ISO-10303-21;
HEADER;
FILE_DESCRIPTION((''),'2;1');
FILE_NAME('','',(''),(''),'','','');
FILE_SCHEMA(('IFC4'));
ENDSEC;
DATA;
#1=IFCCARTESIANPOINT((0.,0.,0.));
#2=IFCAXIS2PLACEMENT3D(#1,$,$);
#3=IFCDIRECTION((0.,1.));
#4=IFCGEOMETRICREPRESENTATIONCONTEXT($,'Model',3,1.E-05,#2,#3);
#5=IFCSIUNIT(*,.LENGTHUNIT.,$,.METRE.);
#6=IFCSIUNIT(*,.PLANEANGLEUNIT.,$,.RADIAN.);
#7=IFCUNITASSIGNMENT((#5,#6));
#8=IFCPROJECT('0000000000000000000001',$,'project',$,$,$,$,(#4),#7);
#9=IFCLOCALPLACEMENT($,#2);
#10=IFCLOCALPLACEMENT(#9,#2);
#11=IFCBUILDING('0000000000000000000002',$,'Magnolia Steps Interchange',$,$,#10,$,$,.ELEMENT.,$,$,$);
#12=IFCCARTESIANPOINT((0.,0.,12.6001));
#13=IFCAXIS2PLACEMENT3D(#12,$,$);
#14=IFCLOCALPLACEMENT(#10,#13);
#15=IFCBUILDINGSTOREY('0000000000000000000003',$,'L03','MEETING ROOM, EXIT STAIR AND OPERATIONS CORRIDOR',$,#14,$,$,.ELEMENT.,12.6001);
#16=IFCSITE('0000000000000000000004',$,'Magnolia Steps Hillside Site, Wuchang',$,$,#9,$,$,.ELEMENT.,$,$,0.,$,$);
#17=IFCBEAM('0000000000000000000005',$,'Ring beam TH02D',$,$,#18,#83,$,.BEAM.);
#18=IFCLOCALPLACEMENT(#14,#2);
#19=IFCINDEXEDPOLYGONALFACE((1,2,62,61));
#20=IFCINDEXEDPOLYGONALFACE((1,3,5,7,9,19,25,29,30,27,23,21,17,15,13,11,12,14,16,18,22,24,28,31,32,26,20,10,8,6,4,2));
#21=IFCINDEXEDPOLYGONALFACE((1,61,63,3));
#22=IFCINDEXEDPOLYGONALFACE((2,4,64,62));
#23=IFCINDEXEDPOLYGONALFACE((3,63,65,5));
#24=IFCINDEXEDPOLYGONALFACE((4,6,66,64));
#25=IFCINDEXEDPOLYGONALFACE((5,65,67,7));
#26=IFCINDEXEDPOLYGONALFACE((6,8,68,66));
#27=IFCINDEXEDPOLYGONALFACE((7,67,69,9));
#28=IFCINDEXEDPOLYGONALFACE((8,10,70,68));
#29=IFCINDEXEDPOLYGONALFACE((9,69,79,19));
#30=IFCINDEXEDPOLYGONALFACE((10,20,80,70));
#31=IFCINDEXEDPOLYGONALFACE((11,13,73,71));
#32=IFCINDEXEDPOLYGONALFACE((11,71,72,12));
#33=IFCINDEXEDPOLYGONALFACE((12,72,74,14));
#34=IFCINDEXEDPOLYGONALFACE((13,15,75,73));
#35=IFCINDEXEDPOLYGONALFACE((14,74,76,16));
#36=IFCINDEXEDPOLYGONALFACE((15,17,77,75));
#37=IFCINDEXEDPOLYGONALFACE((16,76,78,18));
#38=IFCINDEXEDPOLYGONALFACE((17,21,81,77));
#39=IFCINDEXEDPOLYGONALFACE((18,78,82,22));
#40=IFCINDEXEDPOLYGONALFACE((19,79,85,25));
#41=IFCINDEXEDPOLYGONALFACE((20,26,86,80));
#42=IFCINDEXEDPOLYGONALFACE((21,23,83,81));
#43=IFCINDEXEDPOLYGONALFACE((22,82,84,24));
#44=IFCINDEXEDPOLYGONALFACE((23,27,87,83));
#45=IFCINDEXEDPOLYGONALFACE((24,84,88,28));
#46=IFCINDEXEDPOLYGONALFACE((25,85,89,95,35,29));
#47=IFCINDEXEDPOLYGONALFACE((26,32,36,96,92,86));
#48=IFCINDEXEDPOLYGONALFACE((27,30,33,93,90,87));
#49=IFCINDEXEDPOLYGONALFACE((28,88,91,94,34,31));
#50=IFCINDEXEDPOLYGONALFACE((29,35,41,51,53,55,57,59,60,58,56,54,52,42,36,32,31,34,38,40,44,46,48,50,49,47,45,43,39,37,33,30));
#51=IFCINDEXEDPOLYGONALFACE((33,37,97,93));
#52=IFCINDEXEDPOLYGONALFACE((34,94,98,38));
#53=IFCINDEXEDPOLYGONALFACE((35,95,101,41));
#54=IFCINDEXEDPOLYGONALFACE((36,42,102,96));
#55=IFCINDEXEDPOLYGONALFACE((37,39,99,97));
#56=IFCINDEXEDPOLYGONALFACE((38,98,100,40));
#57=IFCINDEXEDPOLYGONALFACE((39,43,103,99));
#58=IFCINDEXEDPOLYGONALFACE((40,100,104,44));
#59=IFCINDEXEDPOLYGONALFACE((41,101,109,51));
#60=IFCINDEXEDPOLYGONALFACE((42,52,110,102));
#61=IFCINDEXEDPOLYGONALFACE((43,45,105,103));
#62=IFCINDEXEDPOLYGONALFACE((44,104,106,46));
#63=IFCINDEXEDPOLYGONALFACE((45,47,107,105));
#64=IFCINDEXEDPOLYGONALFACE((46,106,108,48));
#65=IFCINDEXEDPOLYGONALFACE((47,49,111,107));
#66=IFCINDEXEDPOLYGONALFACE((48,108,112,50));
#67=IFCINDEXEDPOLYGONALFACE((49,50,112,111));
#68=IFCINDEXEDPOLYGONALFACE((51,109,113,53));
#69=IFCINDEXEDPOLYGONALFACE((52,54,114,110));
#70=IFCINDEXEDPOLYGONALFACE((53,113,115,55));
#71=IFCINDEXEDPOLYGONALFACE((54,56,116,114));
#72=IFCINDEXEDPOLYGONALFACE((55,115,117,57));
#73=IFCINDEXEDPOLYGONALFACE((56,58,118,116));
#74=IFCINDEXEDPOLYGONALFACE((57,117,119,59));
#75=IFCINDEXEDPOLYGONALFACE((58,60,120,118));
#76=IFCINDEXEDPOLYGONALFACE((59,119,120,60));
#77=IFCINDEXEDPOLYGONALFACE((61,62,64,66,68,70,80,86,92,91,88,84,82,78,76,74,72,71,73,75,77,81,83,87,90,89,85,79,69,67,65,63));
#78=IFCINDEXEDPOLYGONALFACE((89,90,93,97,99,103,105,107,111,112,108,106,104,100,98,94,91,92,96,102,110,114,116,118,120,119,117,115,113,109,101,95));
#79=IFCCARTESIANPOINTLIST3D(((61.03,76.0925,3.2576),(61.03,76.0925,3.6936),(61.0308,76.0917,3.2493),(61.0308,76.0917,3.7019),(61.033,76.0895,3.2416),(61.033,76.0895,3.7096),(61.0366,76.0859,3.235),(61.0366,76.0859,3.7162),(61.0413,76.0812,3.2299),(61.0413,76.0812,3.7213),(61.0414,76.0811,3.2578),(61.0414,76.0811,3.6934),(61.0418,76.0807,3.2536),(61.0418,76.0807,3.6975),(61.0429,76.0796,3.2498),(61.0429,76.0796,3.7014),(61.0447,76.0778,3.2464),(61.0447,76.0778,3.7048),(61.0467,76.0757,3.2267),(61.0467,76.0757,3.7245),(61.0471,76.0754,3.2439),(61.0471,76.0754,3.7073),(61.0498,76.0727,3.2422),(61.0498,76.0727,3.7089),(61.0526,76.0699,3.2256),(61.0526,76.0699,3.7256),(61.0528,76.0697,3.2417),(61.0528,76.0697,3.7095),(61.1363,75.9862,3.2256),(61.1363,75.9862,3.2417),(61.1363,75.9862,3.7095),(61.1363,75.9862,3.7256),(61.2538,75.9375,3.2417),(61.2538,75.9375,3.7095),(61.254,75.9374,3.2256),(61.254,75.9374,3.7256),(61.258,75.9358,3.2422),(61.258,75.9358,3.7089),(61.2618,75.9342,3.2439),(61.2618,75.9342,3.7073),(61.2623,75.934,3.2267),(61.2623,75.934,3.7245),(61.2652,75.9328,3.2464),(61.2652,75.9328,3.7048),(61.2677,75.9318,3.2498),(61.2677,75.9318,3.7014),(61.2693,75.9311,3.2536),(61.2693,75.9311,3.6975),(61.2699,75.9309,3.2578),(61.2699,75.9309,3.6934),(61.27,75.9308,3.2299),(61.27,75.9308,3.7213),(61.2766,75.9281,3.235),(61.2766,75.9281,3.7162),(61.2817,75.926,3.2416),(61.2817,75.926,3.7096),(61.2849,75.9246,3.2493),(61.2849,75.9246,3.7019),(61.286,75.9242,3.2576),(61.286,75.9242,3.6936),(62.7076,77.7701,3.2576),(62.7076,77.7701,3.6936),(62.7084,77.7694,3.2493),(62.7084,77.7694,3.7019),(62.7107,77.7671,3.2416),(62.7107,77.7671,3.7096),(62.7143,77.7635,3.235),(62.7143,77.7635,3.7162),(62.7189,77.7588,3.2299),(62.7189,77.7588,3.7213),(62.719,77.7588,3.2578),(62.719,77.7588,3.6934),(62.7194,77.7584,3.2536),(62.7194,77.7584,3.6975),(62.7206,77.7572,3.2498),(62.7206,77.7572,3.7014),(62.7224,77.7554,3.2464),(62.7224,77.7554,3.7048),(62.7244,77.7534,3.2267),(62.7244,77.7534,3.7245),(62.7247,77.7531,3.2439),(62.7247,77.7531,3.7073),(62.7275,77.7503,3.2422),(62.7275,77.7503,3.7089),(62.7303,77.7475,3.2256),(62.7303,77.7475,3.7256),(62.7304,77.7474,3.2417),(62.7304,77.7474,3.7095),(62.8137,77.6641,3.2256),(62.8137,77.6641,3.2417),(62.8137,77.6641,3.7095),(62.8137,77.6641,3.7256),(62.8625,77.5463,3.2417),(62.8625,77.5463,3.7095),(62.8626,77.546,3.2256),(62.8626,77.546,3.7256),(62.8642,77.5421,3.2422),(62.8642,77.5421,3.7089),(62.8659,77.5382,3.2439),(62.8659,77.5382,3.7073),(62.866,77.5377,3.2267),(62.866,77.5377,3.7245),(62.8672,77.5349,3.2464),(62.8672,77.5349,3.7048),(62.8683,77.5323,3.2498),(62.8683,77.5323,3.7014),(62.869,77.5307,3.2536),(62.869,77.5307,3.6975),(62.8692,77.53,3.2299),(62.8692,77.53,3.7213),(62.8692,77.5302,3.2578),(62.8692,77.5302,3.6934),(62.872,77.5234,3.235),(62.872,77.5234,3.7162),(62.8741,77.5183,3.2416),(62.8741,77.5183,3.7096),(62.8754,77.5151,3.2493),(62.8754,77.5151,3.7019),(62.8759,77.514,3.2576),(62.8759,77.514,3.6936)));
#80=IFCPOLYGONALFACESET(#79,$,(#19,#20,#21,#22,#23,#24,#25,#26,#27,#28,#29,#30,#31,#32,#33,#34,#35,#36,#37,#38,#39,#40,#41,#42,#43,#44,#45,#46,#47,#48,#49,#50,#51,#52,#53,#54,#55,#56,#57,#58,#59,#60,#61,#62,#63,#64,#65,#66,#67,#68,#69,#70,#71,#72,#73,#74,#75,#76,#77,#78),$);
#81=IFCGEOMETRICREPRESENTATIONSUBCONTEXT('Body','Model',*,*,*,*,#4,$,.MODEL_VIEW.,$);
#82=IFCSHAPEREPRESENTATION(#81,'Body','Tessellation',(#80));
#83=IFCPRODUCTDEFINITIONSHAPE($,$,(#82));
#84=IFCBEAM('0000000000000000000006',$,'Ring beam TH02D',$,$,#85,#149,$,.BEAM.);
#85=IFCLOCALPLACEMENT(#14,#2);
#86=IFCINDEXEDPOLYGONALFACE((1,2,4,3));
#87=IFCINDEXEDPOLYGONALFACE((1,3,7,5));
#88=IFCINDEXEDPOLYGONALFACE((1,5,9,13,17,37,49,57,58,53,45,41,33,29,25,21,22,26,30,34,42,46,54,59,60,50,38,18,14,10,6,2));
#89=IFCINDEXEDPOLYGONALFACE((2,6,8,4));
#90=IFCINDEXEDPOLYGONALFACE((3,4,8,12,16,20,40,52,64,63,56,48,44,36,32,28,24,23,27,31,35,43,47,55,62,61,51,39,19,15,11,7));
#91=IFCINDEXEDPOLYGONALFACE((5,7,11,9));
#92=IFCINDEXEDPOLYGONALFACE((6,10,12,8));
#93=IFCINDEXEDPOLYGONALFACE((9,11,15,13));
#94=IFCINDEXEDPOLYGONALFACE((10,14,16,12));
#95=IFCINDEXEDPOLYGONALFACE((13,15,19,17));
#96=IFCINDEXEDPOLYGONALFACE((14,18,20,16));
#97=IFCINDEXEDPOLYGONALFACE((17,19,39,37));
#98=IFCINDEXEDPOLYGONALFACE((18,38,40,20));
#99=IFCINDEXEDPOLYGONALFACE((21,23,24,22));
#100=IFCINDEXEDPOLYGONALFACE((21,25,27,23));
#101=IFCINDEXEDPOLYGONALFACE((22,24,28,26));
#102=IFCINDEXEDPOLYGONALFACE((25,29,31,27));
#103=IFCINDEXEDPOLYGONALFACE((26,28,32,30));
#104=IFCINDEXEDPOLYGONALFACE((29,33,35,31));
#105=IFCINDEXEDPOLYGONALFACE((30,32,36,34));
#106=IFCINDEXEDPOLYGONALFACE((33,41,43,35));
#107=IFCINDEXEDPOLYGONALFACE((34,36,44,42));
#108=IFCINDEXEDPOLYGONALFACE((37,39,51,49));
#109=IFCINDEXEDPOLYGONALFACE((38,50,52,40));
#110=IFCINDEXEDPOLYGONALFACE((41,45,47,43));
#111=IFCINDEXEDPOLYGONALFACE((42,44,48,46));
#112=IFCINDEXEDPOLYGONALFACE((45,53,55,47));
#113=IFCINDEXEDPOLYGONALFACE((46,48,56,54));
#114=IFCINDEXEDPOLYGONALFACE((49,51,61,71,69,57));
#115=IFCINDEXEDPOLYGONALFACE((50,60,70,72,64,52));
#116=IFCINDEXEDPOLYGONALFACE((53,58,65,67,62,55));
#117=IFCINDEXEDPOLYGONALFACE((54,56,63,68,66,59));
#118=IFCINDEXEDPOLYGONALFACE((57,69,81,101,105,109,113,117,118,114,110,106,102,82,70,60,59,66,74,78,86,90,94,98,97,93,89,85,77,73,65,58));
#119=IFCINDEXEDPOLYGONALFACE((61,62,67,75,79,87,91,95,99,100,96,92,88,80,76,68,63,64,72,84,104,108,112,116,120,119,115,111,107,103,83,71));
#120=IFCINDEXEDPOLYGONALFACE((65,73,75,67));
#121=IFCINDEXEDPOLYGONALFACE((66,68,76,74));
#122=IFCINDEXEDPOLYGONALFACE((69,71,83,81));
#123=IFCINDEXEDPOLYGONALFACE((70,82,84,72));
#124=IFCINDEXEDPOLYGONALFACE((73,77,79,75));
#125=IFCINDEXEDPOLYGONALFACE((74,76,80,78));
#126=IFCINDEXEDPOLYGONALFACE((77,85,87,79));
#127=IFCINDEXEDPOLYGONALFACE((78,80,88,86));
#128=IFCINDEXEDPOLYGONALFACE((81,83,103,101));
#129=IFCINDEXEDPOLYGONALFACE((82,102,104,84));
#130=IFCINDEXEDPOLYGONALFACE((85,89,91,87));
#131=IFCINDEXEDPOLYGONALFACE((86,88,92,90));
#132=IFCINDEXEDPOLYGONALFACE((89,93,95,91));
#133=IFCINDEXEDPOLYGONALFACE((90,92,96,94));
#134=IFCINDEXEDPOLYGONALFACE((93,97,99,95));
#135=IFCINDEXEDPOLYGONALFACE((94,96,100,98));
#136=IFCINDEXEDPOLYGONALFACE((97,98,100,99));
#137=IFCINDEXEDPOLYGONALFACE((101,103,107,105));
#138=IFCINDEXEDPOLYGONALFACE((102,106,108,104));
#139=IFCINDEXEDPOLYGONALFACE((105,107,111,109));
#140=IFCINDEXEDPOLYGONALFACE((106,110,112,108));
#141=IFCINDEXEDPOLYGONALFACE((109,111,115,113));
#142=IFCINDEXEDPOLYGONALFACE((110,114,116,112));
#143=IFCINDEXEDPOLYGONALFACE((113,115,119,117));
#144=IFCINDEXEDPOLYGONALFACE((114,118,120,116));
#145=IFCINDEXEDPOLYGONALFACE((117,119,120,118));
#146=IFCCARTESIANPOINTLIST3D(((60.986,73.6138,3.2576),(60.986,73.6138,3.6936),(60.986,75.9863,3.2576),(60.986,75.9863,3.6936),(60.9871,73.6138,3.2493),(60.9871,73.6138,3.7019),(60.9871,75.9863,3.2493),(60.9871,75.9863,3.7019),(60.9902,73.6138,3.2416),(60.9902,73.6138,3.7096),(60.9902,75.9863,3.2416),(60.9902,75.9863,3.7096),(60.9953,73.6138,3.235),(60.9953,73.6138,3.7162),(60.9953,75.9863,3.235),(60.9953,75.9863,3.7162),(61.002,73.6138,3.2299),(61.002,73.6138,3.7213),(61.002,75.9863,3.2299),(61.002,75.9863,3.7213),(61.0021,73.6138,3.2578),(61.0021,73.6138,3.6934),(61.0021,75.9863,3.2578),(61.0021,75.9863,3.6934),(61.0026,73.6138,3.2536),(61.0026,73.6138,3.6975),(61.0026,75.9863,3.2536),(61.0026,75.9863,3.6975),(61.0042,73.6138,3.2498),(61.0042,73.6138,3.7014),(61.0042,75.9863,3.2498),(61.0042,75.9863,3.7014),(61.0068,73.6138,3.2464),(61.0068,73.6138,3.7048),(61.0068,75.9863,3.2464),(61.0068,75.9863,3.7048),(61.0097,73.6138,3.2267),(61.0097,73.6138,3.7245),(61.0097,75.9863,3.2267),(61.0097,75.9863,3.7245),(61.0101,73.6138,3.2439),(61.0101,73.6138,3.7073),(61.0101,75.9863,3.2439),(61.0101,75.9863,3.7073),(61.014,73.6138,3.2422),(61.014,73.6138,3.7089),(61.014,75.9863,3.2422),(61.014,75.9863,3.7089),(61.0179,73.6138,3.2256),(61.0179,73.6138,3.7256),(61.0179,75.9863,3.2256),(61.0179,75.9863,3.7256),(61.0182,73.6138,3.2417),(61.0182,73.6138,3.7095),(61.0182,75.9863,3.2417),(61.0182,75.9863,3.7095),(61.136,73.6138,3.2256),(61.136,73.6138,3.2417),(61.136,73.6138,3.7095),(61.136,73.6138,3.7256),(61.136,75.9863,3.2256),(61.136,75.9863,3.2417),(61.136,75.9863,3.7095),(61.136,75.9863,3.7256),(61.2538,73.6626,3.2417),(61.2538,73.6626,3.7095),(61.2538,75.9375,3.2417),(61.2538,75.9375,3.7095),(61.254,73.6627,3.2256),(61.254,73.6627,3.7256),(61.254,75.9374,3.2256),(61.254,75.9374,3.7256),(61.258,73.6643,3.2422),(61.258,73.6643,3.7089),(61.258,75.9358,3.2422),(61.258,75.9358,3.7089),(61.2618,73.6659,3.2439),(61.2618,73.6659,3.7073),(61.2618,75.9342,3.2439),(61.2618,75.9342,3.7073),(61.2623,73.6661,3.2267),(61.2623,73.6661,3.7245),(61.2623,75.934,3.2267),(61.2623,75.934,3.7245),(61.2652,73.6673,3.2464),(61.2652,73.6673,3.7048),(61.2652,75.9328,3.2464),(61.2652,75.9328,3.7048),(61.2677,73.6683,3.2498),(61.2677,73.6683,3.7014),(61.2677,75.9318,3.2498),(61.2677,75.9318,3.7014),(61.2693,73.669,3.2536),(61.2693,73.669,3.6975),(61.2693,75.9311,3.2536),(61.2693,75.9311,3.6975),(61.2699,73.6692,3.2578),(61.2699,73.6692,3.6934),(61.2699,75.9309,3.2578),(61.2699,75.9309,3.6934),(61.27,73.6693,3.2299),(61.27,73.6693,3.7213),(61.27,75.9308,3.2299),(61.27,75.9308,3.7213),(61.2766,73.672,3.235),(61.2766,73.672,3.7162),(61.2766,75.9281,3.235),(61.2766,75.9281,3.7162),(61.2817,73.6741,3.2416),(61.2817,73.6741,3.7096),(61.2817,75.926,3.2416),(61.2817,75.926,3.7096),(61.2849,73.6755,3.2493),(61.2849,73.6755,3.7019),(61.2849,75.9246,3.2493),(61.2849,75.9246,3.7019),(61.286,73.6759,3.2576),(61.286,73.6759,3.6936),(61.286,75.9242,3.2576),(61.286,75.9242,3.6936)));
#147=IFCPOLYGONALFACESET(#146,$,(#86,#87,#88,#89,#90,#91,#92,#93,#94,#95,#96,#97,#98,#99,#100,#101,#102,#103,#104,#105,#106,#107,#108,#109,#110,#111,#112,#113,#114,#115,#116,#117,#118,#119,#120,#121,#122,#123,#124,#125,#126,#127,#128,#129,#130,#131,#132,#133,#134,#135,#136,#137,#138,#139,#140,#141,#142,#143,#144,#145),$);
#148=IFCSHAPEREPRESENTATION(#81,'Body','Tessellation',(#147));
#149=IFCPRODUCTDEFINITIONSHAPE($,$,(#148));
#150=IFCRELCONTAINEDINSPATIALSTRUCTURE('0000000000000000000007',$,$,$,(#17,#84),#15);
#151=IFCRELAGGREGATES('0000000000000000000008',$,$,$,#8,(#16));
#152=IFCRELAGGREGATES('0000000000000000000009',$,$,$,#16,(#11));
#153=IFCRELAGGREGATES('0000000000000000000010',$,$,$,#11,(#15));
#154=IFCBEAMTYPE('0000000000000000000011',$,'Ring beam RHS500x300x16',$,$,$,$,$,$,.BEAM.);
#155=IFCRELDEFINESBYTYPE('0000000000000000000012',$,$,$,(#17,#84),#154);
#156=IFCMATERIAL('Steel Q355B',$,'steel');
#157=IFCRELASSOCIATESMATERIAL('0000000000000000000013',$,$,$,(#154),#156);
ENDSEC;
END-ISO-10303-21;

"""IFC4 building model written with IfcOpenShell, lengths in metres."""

from ifc_helpers import new_model, si_unit, direction, frame, origin, origin_2d, place, context, subcontext, project, spatial, hollow_rectangle, extrude, clip, halfspace, material, material_profile, profile_set, type_object, element, save


model = new_model("IFC4")

# Units and contexts
model_context = context("Model", 3, precision=1e-05, world=origin(), true_north=direction((0.0, 1.0)))
body_context = subcontext(model_context, "Body", "Model", "MODEL_VIEW")
ifc_project = project(units=[si_unit("LENGTHUNIT", "METRE"), si_unit("PLANEANGLEUNIT", "RADIAN")], contexts=[model_context])

# Site, building, storey
site_placement = place(None, origin())
site = spatial("IfcSite", under=ifc_project, at=site_placement, Name="Magnolia Steps Hillside Site, Wuchang", CompositionType="ELEMENT", RefElevation=0.0)
building_placement = place(site_placement, origin())
building = spatial("IfcBuilding", under=site, at=building_placement, Name="Magnolia Steps Interchange", CompositionType="ELEMENT")
storey_placement = place(building_placement, frame((0.0, 0.0, 12.6001)))
storey = spatial("IfcBuildingStorey", under=building, at=storey_placement, Name="L03", Description="MEETING ROOM, EXIT STAIR AND OPERATIONS CORRIDOR", CompositionType="ELEMENT", Elevation=12.6001)

# Beams
ifc_material_1 = material(Name="Steel Q355B", Category="steel")
ifc_material_profile_1 = material_profile(ifc_material_1, hollow_rectangle(XDim=0.3, YDim=0.5, WallThickness=0.0161, InnerFilletRadius=0.0161, OuterFilletRadius=0.032, at=origin_2d()), Name="RHS500x300x16")
ifc_profile_set_1 = profile_set([ifc_material_profile_1], Name="Steel Q355B")
beam_type_1 = type_object("IfcBeamType", Name="Ring beam RHS500x300x16", PredefinedType="BEAM", material=ifc_profile_set_1)
for number, where, z_axis, x_axis, name in (
    (1, (62.8137, 77.6641, 3.4756), (-0.707107, -0.707107, 0.0), (0.707107, -0.707107, 0.0), "Ring beam TH02D"),
):
    element("IfcBeam", number, at=place(storey_placement, frame(where, z_axis=z_axis, x_axis=x_axis)), inside=storey, type_object=beam_type_1, Name=name, PredefinedType="BEAM", context=body_context, shape_type="Clipping", body=[
        clip(clip(extrude(hollow_rectangle(XDim=0.3, YDim=0.5, WallThickness=0.0161, InnerFilletRadius=0.0161, OuterFilletRadius=0.032, at=origin_2d()), origin(), (0.0, 0.0, 1.0), 2.3726), halfspace(frame((0.0, 0.0, 0.0), z_axis=(0.382683, 0.0, -0.92388), x_axis=(0.92388, 0.0, 0.382683)), False)), halfspace(frame((0.0, 0.0, 2.3727), z_axis=(0.382683, 0.0, 0.92388), x_axis=(0.92388, 0.0, -0.382683)), False)),
    ])
beam_1_placement = place(storey_placement, frame((61.136, 75.9863, 3.4756), z_axis=(0.0, -1.0, 0.0), x_axis=(1.0, 0.0, 0.0)))
element("IfcBeam", 2, at=beam_1_placement, inside=storey, type_object=beam_type_1, Name="Ring beam TH02D", PredefinedType="BEAM", context=body_context, shape_type="Clipping", body=[
    clip(clip(extrude(hollow_rectangle(XDim=0.3, YDim=0.5, WallThickness=0.0161, InnerFilletRadius=0.0161, OuterFilletRadius=0.032, at=origin_2d()), origin(), (0.0, 0.0, 1.0), 2.3726), halfspace(frame((0.0, 0.0, 0.0), z_axis=(0.382683, 0.0, -0.92388), x_axis=(0.92388, 0.0, 0.382683)), False)), halfspace(frame((0.0, 0.0, 2.3726), z_axis=(0.382683, 0.0, 0.92388), x_axis=(0.92388, 0.0, -0.382683)), False)),
])

save(model, "model.ifc")
